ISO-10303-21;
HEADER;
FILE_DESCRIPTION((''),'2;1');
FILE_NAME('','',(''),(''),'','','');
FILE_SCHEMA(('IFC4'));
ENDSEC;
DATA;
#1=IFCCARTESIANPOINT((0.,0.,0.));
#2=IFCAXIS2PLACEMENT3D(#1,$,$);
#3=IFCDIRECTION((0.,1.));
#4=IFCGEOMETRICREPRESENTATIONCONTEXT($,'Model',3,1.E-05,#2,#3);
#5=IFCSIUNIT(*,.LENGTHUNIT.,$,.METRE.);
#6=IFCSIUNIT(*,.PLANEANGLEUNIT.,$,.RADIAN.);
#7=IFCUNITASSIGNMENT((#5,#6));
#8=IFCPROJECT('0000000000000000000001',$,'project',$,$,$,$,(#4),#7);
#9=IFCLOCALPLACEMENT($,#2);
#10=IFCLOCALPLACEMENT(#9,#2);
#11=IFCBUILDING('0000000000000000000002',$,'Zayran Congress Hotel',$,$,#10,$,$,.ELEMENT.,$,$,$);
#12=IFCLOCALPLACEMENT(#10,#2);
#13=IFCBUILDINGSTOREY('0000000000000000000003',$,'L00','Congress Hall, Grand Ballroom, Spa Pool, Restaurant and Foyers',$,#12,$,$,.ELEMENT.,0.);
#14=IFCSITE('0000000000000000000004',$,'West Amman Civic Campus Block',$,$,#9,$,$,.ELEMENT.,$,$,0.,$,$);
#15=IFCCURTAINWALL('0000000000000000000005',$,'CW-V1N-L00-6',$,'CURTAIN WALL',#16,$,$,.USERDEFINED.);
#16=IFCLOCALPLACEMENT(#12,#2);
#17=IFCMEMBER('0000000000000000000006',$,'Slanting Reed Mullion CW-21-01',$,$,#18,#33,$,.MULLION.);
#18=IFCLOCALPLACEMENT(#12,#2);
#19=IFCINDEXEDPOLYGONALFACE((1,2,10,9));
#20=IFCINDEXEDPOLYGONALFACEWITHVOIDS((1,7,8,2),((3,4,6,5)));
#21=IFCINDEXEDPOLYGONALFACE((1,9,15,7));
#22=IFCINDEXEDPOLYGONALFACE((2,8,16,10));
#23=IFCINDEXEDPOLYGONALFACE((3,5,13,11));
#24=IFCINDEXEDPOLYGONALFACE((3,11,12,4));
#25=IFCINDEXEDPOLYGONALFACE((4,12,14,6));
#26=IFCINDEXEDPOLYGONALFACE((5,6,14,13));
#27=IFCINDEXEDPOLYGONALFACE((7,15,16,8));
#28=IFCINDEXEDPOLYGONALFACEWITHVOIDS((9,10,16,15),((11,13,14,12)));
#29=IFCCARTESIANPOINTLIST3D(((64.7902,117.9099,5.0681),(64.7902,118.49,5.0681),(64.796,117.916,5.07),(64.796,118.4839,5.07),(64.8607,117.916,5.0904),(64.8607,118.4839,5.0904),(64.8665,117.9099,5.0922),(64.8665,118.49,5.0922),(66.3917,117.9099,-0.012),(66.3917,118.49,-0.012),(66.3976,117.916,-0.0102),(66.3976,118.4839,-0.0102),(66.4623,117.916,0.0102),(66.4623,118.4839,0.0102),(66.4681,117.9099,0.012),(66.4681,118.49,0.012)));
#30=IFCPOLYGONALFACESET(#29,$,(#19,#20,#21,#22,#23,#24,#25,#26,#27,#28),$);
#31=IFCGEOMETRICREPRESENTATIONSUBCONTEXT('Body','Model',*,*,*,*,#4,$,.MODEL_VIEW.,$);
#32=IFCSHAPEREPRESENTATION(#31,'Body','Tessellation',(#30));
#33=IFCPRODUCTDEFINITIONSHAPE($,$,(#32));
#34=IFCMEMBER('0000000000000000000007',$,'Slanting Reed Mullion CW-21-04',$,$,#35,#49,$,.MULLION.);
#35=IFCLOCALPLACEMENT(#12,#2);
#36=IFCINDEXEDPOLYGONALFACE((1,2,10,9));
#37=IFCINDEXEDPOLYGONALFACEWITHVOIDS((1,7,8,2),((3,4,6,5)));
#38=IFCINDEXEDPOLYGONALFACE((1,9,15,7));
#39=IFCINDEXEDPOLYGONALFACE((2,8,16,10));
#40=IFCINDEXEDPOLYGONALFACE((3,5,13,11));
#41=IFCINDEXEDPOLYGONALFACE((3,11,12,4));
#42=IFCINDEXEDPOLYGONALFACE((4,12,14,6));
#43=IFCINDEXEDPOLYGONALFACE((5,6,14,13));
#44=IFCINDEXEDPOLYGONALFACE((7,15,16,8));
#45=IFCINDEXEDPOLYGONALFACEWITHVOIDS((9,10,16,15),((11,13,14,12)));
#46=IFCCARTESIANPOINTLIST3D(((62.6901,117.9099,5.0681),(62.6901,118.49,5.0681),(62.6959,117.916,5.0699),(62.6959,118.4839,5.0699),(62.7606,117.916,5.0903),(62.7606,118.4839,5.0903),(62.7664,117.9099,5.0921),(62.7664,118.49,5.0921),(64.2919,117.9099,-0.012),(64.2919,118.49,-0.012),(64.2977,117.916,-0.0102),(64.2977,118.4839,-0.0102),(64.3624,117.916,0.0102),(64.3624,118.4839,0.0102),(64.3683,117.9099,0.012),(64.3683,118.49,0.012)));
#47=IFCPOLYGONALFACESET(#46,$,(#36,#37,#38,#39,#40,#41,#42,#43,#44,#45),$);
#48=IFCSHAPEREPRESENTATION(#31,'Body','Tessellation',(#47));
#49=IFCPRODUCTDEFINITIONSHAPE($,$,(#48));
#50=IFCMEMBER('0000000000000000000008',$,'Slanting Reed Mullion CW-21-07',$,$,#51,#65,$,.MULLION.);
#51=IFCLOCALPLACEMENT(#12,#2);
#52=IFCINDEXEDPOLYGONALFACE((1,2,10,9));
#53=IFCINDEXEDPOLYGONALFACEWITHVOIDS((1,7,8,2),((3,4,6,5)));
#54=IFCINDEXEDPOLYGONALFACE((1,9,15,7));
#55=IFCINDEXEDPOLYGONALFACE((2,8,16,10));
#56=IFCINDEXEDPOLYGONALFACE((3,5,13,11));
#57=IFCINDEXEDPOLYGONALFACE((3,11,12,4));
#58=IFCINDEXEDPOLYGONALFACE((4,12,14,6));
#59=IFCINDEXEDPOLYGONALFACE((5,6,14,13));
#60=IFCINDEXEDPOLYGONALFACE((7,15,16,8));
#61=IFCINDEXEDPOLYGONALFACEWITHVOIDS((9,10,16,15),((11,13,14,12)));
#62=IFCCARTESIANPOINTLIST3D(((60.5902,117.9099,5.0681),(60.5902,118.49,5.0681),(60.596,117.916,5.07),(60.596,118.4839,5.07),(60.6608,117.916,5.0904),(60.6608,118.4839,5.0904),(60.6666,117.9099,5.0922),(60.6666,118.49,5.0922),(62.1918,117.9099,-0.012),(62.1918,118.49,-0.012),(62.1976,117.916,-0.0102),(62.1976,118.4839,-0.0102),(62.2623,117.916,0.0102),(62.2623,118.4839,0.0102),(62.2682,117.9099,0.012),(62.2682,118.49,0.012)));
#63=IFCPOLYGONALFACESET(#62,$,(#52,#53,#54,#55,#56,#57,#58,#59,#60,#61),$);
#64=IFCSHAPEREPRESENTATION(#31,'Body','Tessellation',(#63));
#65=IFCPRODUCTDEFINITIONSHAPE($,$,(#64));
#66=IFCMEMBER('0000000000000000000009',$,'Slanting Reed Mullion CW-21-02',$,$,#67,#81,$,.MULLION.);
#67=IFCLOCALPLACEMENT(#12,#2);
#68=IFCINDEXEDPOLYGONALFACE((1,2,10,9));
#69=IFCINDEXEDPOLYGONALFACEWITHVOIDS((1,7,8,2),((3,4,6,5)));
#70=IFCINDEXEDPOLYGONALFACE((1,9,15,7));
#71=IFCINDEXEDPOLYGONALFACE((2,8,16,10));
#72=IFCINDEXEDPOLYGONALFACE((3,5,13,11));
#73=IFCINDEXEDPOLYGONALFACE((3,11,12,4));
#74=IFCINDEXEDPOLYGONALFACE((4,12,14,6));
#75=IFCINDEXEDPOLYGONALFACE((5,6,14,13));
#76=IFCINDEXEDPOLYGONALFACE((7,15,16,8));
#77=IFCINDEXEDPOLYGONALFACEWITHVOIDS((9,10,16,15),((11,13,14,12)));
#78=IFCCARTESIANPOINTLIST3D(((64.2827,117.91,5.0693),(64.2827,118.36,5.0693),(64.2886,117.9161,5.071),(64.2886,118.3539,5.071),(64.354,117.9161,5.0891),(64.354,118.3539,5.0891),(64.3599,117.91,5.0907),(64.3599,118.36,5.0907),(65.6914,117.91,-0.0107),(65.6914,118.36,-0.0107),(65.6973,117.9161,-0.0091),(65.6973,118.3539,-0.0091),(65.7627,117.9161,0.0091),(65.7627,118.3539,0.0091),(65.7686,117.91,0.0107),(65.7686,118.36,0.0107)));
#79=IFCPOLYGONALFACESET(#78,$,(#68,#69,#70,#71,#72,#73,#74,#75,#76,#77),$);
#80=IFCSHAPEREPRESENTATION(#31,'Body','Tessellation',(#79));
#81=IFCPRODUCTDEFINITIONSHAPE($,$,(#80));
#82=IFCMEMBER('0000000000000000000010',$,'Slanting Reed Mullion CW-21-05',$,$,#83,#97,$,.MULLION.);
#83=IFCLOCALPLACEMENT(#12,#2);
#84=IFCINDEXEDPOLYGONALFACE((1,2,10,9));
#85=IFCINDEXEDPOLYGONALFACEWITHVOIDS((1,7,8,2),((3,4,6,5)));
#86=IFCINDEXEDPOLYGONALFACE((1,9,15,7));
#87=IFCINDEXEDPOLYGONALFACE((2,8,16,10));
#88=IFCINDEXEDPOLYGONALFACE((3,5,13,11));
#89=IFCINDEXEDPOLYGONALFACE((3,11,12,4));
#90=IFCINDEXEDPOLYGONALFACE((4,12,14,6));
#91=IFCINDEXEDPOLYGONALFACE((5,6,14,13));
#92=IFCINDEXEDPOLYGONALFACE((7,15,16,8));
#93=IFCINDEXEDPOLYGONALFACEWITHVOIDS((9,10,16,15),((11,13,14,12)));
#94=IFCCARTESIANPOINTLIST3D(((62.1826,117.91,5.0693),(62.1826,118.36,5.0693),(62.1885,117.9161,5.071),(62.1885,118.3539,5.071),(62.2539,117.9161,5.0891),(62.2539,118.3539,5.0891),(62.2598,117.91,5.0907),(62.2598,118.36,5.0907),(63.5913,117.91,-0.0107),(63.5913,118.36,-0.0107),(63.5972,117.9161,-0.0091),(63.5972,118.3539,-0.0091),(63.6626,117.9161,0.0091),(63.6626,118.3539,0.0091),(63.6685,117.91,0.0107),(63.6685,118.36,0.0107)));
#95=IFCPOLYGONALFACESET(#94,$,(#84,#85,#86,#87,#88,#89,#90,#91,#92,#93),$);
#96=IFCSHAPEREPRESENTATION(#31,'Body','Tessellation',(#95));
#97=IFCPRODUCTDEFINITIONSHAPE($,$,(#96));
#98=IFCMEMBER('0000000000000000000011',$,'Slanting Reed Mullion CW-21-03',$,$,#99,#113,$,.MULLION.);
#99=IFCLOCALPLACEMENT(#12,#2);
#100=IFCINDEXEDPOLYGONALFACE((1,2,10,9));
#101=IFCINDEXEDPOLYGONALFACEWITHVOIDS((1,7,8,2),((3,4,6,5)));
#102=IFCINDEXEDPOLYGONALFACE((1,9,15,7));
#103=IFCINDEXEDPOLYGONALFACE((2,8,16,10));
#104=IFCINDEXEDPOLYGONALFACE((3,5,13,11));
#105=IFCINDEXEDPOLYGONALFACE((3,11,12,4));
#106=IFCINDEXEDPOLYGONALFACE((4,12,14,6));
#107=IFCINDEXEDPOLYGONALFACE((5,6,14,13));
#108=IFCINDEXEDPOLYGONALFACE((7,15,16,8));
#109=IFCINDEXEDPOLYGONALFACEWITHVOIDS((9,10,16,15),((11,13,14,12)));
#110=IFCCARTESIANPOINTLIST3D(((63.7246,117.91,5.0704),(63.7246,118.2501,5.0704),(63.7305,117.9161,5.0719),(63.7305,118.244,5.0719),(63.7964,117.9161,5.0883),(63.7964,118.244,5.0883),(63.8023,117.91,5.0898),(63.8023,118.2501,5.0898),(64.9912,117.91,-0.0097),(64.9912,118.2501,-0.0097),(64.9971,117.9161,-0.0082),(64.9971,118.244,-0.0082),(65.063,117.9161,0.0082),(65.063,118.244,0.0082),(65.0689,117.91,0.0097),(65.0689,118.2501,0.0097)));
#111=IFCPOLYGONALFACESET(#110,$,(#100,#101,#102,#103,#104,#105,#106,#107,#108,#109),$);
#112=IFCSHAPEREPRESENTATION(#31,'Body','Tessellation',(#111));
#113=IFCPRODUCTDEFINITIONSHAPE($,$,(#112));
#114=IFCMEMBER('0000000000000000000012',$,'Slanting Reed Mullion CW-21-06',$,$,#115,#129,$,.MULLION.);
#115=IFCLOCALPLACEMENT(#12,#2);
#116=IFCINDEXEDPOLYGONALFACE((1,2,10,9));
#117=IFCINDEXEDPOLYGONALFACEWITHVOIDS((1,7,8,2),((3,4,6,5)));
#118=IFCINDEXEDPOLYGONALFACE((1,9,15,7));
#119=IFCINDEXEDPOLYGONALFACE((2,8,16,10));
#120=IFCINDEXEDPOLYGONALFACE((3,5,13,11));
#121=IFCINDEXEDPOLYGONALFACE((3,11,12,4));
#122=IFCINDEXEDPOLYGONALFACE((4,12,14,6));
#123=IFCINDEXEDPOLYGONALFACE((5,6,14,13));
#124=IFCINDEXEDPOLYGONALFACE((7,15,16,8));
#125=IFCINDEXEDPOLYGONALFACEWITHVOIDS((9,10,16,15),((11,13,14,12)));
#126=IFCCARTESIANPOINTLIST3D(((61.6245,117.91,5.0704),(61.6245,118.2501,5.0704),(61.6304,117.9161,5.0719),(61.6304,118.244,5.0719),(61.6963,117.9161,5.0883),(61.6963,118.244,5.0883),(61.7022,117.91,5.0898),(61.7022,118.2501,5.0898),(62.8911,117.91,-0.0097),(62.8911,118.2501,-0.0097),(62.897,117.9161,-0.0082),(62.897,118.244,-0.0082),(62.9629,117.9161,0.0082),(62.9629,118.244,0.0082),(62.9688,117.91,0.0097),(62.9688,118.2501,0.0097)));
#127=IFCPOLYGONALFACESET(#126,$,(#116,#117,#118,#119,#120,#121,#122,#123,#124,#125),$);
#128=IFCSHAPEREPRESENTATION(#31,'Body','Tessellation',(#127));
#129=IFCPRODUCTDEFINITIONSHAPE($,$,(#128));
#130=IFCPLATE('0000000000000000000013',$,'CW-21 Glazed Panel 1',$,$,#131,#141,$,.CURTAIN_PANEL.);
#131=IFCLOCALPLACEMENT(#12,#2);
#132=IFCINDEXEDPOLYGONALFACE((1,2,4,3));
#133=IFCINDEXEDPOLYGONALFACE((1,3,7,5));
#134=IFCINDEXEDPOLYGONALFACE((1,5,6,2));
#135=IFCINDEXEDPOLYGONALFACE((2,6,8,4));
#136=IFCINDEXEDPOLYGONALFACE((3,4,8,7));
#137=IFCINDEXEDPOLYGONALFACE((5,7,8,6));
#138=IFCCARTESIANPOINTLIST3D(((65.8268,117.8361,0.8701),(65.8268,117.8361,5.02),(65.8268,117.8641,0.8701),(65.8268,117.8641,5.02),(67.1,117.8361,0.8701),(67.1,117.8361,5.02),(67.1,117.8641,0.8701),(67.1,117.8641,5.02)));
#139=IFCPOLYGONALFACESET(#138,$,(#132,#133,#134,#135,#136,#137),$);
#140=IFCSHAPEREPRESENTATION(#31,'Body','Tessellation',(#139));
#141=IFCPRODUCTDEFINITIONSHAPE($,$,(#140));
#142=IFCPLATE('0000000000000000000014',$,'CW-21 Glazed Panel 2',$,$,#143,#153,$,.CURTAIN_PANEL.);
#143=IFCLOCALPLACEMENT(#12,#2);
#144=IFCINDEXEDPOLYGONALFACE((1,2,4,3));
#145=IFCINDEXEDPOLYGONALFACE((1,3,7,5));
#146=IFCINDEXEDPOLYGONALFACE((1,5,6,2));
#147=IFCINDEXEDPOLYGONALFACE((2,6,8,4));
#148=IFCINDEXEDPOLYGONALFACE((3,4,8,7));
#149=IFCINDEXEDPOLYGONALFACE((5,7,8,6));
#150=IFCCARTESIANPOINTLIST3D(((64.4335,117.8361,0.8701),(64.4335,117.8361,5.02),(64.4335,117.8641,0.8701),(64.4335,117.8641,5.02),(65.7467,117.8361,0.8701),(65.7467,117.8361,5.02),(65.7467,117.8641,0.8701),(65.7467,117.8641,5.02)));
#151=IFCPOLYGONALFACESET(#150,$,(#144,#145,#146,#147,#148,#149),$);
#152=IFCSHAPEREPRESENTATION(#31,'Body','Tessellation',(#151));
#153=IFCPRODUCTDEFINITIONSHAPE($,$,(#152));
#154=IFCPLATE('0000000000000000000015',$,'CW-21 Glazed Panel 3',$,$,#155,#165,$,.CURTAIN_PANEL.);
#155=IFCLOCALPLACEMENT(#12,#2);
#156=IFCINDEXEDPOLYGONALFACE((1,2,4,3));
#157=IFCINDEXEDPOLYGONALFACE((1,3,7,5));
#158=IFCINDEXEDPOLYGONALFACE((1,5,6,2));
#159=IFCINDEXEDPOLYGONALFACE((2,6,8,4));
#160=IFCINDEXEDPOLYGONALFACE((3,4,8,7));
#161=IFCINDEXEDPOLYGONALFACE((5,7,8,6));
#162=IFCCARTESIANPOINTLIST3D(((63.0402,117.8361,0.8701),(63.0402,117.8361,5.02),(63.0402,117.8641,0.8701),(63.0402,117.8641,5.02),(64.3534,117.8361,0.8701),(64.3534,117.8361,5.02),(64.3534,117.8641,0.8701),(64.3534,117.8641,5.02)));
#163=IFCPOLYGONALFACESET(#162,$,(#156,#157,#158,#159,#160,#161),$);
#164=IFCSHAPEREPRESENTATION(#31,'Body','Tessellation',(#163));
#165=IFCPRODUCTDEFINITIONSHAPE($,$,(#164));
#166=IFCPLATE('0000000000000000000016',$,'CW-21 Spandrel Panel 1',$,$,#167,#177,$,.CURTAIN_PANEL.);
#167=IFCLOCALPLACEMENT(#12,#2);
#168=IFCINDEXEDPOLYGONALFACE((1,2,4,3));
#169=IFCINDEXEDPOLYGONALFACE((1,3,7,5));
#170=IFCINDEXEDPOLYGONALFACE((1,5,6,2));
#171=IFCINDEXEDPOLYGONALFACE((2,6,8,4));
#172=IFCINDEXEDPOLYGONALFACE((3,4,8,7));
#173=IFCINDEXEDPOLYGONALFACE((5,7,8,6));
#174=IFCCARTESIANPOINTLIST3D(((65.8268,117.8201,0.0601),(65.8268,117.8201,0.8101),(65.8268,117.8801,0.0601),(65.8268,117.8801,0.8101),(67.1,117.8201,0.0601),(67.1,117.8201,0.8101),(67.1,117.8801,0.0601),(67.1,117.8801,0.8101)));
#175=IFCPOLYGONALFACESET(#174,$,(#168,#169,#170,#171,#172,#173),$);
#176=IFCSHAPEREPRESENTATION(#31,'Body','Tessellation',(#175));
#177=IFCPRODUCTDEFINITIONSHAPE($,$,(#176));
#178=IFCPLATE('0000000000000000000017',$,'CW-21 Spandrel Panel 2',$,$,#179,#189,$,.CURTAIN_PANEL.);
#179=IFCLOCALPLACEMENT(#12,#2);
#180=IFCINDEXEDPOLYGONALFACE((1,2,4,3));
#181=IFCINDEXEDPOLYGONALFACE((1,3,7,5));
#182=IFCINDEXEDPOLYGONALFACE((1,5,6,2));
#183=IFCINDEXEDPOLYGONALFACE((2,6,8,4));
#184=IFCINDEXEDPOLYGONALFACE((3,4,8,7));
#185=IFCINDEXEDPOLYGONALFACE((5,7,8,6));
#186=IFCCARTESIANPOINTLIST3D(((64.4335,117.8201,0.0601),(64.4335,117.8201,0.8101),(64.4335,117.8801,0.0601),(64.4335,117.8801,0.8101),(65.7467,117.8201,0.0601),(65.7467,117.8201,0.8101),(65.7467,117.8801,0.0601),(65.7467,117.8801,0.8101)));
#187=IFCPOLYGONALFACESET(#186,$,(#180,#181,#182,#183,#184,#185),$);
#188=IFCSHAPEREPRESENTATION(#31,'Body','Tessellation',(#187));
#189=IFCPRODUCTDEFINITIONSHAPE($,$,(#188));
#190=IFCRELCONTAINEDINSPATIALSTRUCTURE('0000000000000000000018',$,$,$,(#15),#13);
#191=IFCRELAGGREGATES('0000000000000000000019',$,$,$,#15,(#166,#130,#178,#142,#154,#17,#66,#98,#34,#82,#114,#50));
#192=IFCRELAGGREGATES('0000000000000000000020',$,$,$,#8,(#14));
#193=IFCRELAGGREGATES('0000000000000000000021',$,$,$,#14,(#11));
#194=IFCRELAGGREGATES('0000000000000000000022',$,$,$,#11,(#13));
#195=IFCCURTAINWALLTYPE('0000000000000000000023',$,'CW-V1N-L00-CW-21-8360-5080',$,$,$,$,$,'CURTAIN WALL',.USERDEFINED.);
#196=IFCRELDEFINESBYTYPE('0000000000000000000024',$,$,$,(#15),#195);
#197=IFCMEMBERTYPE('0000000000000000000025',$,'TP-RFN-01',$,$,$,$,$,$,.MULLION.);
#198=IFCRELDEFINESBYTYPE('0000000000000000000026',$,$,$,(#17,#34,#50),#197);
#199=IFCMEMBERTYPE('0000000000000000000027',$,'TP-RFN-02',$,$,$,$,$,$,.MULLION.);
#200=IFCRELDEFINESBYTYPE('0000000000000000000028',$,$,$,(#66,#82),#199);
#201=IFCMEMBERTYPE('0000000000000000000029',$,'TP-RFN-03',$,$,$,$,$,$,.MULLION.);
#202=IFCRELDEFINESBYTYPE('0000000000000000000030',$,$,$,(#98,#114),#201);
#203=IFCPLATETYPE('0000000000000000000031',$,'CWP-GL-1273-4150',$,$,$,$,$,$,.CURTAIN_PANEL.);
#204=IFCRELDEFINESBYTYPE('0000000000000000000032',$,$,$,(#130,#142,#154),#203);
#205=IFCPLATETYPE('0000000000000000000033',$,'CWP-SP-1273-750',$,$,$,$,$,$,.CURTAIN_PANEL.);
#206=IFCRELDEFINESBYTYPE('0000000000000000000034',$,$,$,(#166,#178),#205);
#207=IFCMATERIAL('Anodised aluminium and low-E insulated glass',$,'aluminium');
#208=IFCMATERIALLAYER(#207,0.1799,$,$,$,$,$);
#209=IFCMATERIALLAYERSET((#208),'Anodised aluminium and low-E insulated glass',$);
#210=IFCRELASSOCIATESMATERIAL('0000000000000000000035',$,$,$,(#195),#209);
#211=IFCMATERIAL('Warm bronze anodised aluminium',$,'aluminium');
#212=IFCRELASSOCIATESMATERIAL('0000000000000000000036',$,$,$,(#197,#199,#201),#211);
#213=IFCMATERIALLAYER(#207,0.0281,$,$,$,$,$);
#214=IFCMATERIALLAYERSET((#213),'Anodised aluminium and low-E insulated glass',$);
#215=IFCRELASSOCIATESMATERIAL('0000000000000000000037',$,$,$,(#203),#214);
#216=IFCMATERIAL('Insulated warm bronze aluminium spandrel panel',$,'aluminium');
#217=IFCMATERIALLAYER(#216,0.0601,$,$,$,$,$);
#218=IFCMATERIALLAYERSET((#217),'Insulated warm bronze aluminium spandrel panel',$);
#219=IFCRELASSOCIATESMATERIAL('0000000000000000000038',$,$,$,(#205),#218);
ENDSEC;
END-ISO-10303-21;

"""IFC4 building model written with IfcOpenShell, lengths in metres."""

from ifc_helpers import new_model, si_unit, direction, frame, origin, origin_2d, place, context, subcontext, project, spatial, rectangle, hollow_rectangle, extrude, material, layer, layer_set, material_profile, profile_set, type_object, element, aggregate, save


model = new_model("IFC4")

# Units and contexts
model_context = context("Model", 3, precision=1e-05, world=origin(), true_north=direction((0.0, 1.0)))
body_context = subcontext(model_context, "Body", "Model", "MODEL_VIEW")
ifc_project = project(units=[si_unit("LENGTHUNIT", "METRE"), si_unit("PLANEANGLEUNIT", "RADIAN")], contexts=[model_context])

# Site, building, storey
site_placement = place(None, origin())
site = spatial("IfcSite", under=ifc_project, at=site_placement, Name="West Amman Civic Campus Block", CompositionType="ELEMENT", RefElevation=0.0)
building_placement = place(site_placement, origin())
building = spatial("IfcBuilding", under=site, at=building_placement, Name="Zayran Congress Hotel", CompositionType="ELEMENT")
storey_placement = place(building_placement, origin())
storey = spatial("IfcBuildingStorey", under=building, at=storey_placement, Name="L00", Description="Congress Hall, Grand Ballroom, Spa Pool, Restaurant and Foyers", CompositionType="ELEMENT", Elevation=0.0)

# Curtain wall, members, plates
ifc_material_1 = material(Name="Anodised aluminium and low-E insulated glass", Category="aluminium")
ifc_layer_1 = layer(ifc_material_1, 0.1799)
ifc_layer_set_1 = layer_set([ifc_layer_1], Name="Anodised aluminium and low-E insulated glass")
curtain_wall_type = type_object("IfcCurtainWallType", Name="CW-V1N-L00-CW-21-8360-5080", ElementType="CURTAIN WALL", PredefinedType="USERDEFINED", material=ifc_layer_set_1)
curtain_wall_placement = place(storey_placement, origin())
curtain_wall = element("IfcCurtainWall", 1, at=curtain_wall_placement, inside=storey, type_object=curtain_wall_type, Name="CW-V1N-L00-6", ObjectType="CURTAIN WALL", PredefinedType="USERDEFINED")
ifc_material_2 = material(Name="Warm bronze anodised aluminium", Category="aluminium")
ifc_material_profile_1 = material_profile(ifc_material_2, hollow_rectangle(XDim=0.0801, YDim=0.5801, WallThickness=0.0061, at=origin_2d()), Name="RHS 580x80x6")
ifc_profile_set_1 = profile_set([ifc_material_profile_1], Name="Warm bronze anodised aluminium")
member_type_1 = type_object("IfcMemberType", Name="TP-RFN-01", PredefinedType="MULLION", material=ifc_profile_set_1)
member_1_placement = place(storey_placement, frame((66.4299, 118.2, 0.0), z_axis=(-0.300675, 0.0, 0.953727), x_axis=(0.953727, 0.0, 0.300675)))
member_1 = element("IfcMember", 2, at=member_1_placement, type_object=member_type_1, Name="Slanting Reed Mullion CW-21-01", PredefinedType="MULLION", context=body_context, shape_type="SweptSolid", body=[
    extrude(hollow_rectangle(XDim=0.0801, YDim=0.5801, WallThickness=0.0061, at=origin_2d()), origin(), (0.0, 0.0, 1.0), 5.3267),
])
member_2_placement = place(storey_placement, frame((64.3301, 118.2, 0.0), z_axis=(-0.300717, 0.0, 0.953713), x_axis=(0.953713, 0.0, 0.300717)))
member_2 = element("IfcMember", 3, at=member_2_placement, type_object=member_type_1, Name="Slanting Reed Mullion CW-21-04", PredefinedType="MULLION", context=body_context, shape_type="SweptSolid", body=[
    extrude(hollow_rectangle(XDim=0.0801, YDim=0.5801, WallThickness=0.0061, at=origin_2d()), origin(), (0.0, 0.0, 1.0), 5.3267),
])
member_3_placement = place(storey_placement, frame((62.23, 118.2, 0.0), z_axis=(-0.300675, 0.0, 0.953727), x_axis=(0.953727, 0.0, 0.300675)))
member_3 = element("IfcMember", 4, at=member_3_placement, type_object=member_type_1, Name="Slanting Reed Mullion CW-21-07", PredefinedType="MULLION", context=body_context, shape_type="SweptSolid", body=[
    extrude(hollow_rectangle(XDim=0.0801, YDim=0.5801, WallThickness=0.0061, at=origin_2d()), origin(), (0.0, 0.0, 1.0), 5.3267),
])
ifc_material_profile_2 = material_profile(ifc_material_2, hollow_rectangle(XDim=0.0801, YDim=0.45, WallThickness=0.0061, at=origin_2d()), Name="RHS 450x80x6")
ifc_profile_set_2 = profile_set([ifc_material_profile_2], Name="Warm bronze anodised aluminium")
member_type_2 = type_object("IfcMemberType", Name="TP-RFN-02", PredefinedType="MULLION", material=ifc_profile_set_2)
member_4_placement = place(storey_placement, frame((65.73, 118.135, 0.0), z_axis=(-0.267214, 0.0, 0.963637), x_axis=(0.963637, 0.0, 0.267214)))
member_4 = element("IfcMember", 5, at=member_4_placement, type_object=member_type_2, Name="Slanting Reed Mullion CW-21-02", PredefinedType="MULLION", context=body_context, shape_type="SweptSolid", body=[
    extrude(hollow_rectangle(XDim=0.0801, YDim=0.45, WallThickness=0.0061, at=origin_2d()), origin(), (0.0, 0.0, 1.0), 5.2717),
])
member_5_placement = place(storey_placement, frame((63.6299, 118.135, 0.0), z_axis=(-0.267214, 0.0, 0.963637), x_axis=(0.963637, 0.0, 0.267214)))
member_5 = element("IfcMember", 6, at=member_5_placement, type_object=member_type_2, Name="Slanting Reed Mullion CW-21-05", PredefinedType="MULLION", context=body_context, shape_type="SweptSolid", body=[
    extrude(hollow_rectangle(XDim=0.0801, YDim=0.45, WallThickness=0.0061, at=origin_2d()), origin(), (0.0, 0.0, 1.0), 5.2717),
])
ifc_material_profile_3 = material_profile(ifc_material_2, hollow_rectangle(XDim=0.0801, YDim=0.3401, WallThickness=0.0061, at=origin_2d()), Name="RHS 340x80x6")
ifc_profile_set_3 = profile_set([ifc_material_profile_3], Name="Warm bronze anodised aluminium")
member_type_3 = type_object("IfcMemberType", Name="TP-RFN-03", PredefinedType="MULLION", material=ifc_profile_set_3)
member_6_placement = place(storey_placement, frame((65.03, 118.0801, 0.0), z_axis=(-0.241921, 0.0, 0.970296), x_axis=(0.970296, 0.0, 0.241921)))
member_6 = element("IfcMember", 7, at=member_6_placement, type_object=member_type_3, Name="Slanting Reed Mullion CW-21-03", PredefinedType="MULLION", context=body_context, shape_type="SweptSolid", body=[
    extrude(hollow_rectangle(XDim=0.0801, YDim=0.3401, WallThickness=0.0061, at=origin_2d()), origin(), (0.0, 0.0, 1.0), 5.2356),
])
member_7_placement = place(storey_placement, frame((62.9299, 118.0801, 0.0), z_axis=(-0.241921, 0.0, 0.970296), x_axis=(0.970296, 0.0, 0.241921)))
member_7 = element("IfcMember", 8, at=member_7_placement, type_object=member_type_3, Name="Slanting Reed Mullion CW-21-06", PredefinedType="MULLION", context=body_context, shape_type="SweptSolid", body=[
    extrude(hollow_rectangle(XDim=0.0801, YDim=0.3401, WallThickness=0.0061, at=origin_2d()), origin(), (0.0, 0.0, 1.0), 5.2356),
])
ifc_layer_2 = layer(ifc_material_1, 0.0281)
ifc_layer_set_2 = layer_set([ifc_layer_2], Name="Anodised aluminium and low-E insulated glass")
plate_type_1 = type_object("IfcPlateType", Name="CWP-GL-1273-4150", PredefinedType="CURTAIN_PANEL", material=ifc_layer_set_2)
plate_1_placement = place(storey_placement, frame((66.4634, 117.8501, 0.8701), z_axis=(0.0, 0.0, 1.0), x_axis=(1.0, 0.0, 0.0)))
plate_1 = element("IfcPlate", 9, at=plate_1_placement, type_object=plate_type_1, Name="CW-21 Glazed Panel 1", PredefinedType="CURTAIN_PANEL", context=body_context, shape_type="SweptSolid", body=[
    extrude(rectangle(XDim=1.2732, YDim=0.0281, at=origin_2d()), origin(), (0.0, 0.0, 1.0), 4.1499),
])
plate_2_placement = place(storey_placement, frame((65.0901, 117.8501, 0.8701), z_axis=(0.0, 0.0, 1.0), x_axis=(1.0, 0.0, 0.0)))
plate_2 = element("IfcPlate", 10, at=plate_2_placement, type_object=plate_type_1, Name="CW-21 Glazed Panel 2", PredefinedType="CURTAIN_PANEL", context=body_context, shape_type="SweptSolid", body=[
    extrude(rectangle(XDim=1.3132, YDim=0.0281, at=origin_2d()), origin(), (0.0, 0.0, 1.0), 4.1499),
])
plate_3_placement = place(storey_placement, frame((63.6968, 117.8501, 0.8701), z_axis=(0.0, 0.0, 1.0), x_axis=(1.0, 0.0, 0.0)))
plate_3 = element("IfcPlate", 11, at=plate_3_placement, type_object=plate_type_1, Name="CW-21 Glazed Panel 3", PredefinedType="CURTAIN_PANEL", context=body_context, shape_type="SweptSolid", body=[
    extrude(rectangle(XDim=1.3132, YDim=0.0281, at=origin_2d()), origin(), (0.0, 0.0, 1.0), 4.1499),
])
ifc_material_3 = material(Name="Insulated warm bronze aluminium spandrel panel", Category="aluminium")
ifc_layer_3 = layer(ifc_material_3, 0.0601)
ifc_layer_set_3 = layer_set([ifc_layer_3], Name="Insulated warm bronze aluminium spandrel panel")
plate_type_2 = type_object("IfcPlateType", Name="CWP-SP-1273-750", PredefinedType="CURTAIN_PANEL", material=ifc_layer_set_3)
plate_4_placement = place(storey_placement, frame((66.4634, 117.8501, 0.0601), z_axis=(0.0, 0.0, 1.0), x_axis=(1.0, 0.0, 0.0)))
plate_4 = element("IfcPlate", 12, at=plate_4_placement, type_object=plate_type_2, Name="CW-21 Spandrel Panel 1", PredefinedType="CURTAIN_PANEL", context=body_context, shape_type="SweptSolid", body=[
    extrude(rectangle(XDim=1.2732, YDim=0.0601, at=origin_2d()), origin(), (0.0, 0.0, 1.0), 0.75),
])
plate_5_placement = place(storey_placement, frame((65.0901, 117.8501, 0.0601), z_axis=(0.0, 0.0, 1.0), x_axis=(1.0, 0.0, 0.0)))
plate_5 = element("IfcPlate", 13, at=plate_5_placement, type_object=plate_type_2, Name="CW-21 Spandrel Panel 2", PredefinedType="CURTAIN_PANEL", context=body_context, shape_type="SweptSolid", body=[
    extrude(rectangle(XDim=1.3132, YDim=0.0601, at=origin_2d()), origin(), (0.0, 0.0, 1.0), 0.75),
])
aggregate(curtain_wall, [plate_4, plate_1, plate_5, plate_2, plate_3, member_1, member_4, member_6, member_2, member_5, member_7, member_3])

save(model, "model.ifc")
